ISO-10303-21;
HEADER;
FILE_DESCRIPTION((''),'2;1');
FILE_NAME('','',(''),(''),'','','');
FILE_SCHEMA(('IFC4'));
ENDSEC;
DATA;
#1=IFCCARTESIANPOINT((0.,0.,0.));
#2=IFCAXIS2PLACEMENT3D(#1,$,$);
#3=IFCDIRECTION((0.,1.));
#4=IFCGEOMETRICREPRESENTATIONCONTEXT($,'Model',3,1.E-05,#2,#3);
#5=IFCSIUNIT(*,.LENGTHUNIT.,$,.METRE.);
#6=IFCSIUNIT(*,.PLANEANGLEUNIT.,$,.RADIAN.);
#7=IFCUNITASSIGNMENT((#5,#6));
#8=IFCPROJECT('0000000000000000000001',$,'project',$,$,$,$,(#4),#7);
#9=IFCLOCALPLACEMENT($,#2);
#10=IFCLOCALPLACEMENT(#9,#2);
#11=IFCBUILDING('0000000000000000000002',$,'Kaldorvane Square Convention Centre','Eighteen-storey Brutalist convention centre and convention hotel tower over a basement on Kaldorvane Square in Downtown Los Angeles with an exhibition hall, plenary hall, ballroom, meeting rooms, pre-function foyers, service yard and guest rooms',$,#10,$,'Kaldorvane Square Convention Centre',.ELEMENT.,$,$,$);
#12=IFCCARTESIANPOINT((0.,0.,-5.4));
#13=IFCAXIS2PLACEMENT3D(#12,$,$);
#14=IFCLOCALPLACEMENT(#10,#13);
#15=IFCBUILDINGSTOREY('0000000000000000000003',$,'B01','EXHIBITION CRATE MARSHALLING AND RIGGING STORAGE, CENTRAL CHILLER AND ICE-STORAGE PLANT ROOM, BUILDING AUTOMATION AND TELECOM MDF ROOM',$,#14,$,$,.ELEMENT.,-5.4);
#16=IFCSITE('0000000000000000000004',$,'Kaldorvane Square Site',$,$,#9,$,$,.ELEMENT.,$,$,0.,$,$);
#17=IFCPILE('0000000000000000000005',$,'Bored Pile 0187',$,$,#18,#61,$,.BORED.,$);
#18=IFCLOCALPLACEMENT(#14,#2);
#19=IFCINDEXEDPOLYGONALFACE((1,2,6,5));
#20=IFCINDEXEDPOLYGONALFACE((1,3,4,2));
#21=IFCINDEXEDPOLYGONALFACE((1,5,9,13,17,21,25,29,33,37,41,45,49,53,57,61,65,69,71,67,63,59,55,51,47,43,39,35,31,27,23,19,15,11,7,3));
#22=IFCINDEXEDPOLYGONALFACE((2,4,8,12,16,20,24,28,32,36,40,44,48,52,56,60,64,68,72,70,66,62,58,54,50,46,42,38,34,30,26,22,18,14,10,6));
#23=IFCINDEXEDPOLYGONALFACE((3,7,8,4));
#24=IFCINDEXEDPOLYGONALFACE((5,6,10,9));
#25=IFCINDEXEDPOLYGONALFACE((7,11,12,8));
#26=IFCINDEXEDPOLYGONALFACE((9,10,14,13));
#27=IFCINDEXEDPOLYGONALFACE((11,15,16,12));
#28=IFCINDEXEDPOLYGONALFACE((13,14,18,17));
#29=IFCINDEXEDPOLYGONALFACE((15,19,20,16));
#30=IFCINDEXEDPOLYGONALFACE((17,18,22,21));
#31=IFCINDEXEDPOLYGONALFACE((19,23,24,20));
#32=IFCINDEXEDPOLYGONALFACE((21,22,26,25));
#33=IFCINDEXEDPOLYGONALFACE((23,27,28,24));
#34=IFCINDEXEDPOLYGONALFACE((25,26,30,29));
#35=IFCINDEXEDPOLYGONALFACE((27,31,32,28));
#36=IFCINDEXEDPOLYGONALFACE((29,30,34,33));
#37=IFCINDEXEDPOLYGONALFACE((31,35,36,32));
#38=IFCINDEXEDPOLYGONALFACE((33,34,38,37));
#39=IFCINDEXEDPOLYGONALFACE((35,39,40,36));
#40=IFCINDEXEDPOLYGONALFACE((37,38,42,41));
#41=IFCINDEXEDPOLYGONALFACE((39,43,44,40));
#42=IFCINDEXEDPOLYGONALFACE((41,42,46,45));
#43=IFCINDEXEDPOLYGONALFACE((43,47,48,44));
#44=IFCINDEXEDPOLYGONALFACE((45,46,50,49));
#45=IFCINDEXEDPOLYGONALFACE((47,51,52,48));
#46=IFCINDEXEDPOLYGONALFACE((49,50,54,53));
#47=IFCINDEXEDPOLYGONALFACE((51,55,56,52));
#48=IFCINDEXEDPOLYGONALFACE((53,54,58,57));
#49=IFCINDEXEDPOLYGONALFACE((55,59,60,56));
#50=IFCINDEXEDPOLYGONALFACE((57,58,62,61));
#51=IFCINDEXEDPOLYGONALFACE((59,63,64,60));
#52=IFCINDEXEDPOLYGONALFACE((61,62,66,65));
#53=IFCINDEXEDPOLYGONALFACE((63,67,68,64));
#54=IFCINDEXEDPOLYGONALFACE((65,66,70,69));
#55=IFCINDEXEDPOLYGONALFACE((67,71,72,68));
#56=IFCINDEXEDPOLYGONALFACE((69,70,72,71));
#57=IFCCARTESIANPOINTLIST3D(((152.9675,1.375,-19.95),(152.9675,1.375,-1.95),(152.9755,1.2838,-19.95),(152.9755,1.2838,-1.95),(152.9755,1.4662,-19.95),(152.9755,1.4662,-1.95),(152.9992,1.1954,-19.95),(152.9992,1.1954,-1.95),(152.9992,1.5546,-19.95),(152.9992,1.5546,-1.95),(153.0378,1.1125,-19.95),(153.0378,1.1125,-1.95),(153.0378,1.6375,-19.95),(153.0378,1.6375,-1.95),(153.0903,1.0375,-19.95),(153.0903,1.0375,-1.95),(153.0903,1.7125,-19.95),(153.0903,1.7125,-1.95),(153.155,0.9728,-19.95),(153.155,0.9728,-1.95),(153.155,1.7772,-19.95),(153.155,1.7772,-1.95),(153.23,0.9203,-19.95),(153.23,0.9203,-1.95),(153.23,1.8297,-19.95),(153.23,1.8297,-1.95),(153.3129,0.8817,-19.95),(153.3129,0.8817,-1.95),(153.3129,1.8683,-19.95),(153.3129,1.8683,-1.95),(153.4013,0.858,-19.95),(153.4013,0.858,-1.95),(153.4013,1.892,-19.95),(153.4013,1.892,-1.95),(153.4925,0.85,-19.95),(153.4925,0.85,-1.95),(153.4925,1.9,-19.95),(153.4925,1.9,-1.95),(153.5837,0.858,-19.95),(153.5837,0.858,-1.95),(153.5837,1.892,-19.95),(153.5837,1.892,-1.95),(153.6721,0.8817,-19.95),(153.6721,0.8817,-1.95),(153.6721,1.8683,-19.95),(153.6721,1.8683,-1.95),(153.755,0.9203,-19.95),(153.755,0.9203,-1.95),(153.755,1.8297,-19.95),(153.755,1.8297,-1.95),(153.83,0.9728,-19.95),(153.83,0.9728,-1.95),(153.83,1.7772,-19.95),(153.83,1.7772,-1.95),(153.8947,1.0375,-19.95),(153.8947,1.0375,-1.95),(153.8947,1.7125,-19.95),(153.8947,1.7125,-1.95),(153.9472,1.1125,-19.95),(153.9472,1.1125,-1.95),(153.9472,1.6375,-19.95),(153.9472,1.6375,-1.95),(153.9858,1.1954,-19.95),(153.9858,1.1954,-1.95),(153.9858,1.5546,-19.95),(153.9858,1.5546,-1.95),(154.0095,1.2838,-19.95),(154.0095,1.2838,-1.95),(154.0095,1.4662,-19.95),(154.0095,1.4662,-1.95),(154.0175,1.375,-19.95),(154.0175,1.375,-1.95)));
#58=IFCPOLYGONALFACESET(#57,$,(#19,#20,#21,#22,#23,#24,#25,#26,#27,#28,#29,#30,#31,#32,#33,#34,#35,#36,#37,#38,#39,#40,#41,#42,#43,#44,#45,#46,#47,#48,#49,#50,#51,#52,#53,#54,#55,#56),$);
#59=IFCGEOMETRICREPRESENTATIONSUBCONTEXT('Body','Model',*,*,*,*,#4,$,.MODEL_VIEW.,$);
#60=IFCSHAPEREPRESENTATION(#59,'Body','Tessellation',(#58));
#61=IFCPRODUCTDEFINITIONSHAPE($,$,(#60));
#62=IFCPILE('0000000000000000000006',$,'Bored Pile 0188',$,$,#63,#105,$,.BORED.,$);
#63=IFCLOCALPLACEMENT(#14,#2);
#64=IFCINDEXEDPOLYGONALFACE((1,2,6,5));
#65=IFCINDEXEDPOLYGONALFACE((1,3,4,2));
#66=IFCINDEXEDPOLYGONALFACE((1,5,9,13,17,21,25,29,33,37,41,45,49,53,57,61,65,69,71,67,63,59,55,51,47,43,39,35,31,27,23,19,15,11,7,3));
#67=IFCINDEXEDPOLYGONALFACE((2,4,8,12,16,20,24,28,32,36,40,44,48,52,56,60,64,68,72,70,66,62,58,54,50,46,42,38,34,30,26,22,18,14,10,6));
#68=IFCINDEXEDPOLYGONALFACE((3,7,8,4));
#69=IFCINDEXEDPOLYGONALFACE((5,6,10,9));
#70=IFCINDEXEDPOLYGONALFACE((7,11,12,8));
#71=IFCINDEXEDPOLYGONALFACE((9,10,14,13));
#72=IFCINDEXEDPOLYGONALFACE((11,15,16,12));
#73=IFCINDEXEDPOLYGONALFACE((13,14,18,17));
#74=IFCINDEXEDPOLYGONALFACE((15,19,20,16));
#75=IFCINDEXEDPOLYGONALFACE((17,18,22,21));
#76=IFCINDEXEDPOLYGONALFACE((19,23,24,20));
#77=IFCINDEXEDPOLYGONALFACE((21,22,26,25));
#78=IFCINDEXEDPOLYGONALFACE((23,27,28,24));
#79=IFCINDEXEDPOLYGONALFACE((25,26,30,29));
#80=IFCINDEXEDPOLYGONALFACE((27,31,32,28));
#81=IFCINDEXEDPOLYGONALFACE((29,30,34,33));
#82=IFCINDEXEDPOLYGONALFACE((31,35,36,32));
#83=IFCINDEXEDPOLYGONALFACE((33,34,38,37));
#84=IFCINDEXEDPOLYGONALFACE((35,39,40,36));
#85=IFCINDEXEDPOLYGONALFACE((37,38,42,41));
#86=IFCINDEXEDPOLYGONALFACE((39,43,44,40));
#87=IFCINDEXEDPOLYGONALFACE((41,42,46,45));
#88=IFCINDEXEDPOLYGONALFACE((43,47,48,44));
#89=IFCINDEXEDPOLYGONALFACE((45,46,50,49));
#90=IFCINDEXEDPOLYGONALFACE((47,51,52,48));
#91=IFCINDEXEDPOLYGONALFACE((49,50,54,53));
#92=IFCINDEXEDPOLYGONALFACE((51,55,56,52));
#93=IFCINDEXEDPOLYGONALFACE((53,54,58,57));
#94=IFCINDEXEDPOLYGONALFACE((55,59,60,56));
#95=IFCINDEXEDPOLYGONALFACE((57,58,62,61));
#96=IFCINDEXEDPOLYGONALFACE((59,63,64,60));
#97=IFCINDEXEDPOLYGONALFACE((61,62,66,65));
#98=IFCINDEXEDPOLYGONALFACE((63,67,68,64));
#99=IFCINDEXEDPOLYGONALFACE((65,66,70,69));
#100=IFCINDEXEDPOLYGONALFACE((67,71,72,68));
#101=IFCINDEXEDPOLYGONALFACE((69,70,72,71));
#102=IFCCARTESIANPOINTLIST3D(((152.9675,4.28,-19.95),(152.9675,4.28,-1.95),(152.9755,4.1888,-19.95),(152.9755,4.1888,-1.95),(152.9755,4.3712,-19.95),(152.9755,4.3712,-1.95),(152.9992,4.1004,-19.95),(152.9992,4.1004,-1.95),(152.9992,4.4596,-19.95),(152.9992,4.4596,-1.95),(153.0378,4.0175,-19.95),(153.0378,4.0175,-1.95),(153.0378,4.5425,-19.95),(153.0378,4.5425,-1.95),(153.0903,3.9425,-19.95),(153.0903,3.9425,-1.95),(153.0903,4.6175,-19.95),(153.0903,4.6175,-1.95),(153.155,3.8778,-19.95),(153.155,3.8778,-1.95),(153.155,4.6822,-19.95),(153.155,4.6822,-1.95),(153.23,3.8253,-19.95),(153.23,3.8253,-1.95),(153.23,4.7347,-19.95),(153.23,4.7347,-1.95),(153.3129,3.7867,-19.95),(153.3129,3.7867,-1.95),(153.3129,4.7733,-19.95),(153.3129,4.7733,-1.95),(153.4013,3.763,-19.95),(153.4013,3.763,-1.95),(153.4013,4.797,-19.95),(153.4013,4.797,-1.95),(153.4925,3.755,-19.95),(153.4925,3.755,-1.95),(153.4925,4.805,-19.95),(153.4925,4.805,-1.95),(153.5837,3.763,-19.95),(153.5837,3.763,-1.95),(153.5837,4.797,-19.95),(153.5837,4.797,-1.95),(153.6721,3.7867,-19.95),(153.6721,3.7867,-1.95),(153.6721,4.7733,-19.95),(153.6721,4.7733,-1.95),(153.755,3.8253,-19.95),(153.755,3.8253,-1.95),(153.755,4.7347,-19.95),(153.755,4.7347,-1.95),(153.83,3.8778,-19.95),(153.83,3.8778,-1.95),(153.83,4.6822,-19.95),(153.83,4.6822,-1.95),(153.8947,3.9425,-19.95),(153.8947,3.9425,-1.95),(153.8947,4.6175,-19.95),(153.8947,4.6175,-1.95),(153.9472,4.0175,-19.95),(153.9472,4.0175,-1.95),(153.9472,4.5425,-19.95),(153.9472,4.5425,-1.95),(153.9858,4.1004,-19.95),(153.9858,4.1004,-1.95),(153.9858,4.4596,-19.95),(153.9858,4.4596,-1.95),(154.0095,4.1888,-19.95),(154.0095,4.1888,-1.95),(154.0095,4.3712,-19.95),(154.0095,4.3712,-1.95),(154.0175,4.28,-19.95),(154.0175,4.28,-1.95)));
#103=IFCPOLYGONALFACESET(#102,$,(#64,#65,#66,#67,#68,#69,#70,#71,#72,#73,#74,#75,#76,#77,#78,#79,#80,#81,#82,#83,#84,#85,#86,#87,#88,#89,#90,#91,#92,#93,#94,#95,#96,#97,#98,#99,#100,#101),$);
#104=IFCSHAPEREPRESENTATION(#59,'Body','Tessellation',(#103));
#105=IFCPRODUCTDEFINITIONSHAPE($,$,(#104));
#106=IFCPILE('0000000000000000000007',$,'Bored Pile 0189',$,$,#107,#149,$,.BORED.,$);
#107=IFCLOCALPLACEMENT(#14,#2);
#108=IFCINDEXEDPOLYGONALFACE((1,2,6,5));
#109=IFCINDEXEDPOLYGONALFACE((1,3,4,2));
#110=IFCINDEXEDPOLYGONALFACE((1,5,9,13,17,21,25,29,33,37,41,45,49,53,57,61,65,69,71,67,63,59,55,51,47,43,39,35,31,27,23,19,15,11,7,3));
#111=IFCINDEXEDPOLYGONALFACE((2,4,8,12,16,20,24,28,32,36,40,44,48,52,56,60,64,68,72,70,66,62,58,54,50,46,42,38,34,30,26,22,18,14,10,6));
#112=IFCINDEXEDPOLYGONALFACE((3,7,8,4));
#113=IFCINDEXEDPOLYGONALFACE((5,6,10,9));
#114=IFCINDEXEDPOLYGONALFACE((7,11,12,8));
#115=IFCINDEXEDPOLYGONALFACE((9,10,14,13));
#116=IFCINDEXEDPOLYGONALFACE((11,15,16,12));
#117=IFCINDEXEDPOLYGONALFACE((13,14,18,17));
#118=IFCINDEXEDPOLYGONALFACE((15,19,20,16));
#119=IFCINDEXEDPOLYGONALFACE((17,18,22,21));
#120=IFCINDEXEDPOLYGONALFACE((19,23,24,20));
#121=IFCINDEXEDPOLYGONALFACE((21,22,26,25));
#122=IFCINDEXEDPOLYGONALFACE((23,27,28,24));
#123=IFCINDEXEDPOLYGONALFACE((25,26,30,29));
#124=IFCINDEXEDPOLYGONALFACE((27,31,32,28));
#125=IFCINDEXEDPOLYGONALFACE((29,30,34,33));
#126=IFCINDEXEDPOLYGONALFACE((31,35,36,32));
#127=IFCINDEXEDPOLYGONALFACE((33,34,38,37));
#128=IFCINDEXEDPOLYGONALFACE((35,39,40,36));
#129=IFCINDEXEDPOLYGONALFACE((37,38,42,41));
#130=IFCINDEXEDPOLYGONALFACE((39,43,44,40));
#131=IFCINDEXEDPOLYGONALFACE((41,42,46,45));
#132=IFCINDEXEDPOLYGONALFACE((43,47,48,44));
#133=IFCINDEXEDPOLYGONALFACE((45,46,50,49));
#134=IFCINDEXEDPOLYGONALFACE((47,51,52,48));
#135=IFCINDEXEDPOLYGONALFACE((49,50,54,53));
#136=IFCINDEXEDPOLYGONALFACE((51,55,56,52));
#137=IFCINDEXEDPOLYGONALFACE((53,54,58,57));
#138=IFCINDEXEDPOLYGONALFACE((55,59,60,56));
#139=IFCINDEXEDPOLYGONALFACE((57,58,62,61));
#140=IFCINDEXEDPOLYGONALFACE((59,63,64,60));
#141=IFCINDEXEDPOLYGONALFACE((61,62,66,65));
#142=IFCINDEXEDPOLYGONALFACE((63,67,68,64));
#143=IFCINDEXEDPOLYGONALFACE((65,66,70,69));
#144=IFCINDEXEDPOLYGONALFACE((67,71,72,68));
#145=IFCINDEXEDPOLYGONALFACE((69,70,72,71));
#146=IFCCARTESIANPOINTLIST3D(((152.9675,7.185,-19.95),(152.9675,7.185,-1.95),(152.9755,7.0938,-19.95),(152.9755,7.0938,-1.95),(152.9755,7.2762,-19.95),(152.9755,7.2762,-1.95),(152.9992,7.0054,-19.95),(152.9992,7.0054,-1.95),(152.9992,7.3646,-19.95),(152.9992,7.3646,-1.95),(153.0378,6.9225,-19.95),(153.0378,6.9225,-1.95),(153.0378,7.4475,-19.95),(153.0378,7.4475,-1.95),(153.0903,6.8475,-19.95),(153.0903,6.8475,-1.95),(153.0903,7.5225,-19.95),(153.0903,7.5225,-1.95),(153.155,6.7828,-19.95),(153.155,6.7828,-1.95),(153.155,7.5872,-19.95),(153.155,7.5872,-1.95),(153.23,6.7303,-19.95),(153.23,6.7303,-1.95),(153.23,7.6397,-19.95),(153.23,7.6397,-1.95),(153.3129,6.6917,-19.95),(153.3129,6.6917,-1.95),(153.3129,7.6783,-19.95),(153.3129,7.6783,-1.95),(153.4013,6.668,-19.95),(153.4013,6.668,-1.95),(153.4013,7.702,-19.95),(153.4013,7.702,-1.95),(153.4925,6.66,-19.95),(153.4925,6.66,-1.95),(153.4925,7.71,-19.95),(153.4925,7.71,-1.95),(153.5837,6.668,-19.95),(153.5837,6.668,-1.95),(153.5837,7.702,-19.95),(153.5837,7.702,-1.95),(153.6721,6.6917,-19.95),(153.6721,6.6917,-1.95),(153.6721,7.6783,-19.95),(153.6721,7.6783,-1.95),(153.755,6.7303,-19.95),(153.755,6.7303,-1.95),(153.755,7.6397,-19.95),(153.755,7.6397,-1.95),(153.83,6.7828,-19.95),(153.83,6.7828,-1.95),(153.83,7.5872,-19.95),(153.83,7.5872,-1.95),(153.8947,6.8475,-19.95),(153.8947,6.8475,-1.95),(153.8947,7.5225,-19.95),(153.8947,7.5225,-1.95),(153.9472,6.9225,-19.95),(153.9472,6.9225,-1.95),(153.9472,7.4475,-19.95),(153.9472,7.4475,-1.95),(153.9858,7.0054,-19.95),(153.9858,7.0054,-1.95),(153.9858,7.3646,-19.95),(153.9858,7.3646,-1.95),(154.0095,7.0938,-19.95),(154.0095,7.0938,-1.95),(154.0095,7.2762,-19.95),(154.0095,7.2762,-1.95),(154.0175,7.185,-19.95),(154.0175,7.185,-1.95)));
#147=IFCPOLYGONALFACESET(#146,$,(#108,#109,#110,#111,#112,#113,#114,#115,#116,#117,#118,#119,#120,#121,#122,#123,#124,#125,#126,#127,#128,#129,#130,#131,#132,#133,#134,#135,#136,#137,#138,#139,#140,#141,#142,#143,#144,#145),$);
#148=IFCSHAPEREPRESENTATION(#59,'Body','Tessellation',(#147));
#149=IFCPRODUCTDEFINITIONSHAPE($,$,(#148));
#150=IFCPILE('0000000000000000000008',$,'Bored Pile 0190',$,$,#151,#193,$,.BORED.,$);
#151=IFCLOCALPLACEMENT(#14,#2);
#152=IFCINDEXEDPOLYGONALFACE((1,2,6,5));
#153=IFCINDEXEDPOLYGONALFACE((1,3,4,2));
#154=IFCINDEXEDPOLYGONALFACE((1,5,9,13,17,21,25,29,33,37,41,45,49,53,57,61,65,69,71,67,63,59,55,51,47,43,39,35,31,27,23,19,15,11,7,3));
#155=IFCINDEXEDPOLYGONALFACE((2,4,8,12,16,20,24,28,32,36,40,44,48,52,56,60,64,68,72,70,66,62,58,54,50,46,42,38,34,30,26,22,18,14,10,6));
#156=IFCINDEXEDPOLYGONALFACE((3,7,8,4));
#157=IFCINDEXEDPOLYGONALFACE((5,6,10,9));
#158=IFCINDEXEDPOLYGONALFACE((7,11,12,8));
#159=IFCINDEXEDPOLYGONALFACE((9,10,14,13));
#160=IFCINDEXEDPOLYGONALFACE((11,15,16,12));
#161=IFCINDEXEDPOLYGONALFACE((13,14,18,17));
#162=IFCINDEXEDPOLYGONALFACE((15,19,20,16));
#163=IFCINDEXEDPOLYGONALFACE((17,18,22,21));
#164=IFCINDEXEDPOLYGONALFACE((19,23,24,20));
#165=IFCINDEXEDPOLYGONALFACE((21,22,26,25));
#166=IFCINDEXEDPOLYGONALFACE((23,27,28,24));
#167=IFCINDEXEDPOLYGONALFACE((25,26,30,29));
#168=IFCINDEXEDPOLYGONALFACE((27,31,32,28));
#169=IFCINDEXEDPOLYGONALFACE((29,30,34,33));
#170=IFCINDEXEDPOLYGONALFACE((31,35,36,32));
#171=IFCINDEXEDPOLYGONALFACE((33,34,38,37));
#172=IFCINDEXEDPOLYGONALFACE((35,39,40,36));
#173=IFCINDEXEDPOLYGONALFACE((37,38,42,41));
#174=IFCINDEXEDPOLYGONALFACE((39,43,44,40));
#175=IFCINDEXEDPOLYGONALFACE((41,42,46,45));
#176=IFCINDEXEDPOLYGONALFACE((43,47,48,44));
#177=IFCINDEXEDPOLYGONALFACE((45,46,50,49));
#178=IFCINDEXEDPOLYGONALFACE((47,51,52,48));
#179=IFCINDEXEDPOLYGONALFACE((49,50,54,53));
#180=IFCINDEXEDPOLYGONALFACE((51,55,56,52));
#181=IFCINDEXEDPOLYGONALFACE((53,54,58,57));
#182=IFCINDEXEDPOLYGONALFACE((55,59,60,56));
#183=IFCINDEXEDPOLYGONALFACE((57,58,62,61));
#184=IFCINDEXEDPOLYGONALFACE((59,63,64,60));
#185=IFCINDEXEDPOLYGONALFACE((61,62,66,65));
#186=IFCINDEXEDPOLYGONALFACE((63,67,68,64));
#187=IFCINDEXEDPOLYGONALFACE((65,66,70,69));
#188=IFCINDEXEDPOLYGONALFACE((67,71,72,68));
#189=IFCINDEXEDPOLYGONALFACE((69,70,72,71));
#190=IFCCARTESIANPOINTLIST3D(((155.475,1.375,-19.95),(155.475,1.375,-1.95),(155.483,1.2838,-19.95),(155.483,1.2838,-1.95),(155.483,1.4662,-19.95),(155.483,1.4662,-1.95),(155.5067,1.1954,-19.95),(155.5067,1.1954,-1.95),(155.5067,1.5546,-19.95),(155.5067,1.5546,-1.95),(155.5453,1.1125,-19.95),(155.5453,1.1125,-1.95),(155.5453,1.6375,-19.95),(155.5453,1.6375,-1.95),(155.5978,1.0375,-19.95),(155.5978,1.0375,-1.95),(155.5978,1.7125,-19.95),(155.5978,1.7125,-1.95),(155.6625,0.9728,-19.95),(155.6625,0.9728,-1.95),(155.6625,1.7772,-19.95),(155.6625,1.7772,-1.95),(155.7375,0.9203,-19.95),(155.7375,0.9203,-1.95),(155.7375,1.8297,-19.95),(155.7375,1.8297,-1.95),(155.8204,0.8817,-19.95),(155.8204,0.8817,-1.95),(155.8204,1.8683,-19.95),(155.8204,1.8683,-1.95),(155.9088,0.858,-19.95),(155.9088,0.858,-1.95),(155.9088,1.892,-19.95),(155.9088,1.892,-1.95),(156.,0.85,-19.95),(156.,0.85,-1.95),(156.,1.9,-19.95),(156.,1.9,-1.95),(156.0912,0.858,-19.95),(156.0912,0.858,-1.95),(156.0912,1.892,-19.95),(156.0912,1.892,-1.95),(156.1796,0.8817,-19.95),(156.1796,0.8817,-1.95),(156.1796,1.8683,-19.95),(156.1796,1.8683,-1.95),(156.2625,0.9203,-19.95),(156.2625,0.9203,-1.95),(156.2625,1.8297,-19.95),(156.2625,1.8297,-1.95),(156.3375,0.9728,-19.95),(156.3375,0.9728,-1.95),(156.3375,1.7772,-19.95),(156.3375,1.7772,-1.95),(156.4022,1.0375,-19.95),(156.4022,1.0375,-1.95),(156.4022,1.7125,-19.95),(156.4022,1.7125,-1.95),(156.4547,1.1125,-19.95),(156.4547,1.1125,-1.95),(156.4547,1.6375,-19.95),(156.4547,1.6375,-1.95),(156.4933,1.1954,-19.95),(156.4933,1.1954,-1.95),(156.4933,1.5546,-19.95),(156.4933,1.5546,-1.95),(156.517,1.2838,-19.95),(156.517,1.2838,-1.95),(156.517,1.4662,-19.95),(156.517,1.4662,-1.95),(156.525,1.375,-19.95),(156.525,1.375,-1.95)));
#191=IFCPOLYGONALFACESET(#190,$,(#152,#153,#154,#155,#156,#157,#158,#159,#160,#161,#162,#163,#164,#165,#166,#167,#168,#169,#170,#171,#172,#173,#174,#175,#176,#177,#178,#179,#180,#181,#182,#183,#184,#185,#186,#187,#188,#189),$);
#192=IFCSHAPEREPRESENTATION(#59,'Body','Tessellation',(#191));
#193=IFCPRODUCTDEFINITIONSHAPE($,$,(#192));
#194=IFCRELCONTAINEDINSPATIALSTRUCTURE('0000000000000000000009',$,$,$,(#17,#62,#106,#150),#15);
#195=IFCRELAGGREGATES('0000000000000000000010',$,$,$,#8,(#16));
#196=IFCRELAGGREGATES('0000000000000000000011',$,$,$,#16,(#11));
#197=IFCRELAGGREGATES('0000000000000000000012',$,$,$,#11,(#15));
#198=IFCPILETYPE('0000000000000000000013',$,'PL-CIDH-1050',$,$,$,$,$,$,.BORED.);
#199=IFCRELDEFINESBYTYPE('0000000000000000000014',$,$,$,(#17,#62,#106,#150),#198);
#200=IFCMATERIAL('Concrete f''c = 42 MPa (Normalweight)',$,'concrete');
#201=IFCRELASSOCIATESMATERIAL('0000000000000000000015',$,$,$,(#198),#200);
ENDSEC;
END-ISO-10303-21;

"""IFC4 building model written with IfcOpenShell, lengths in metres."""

from ifc_helpers import new_model, si_unit, direction, frame, origin, origin_2d, place, context, subcontext, project, spatial, circle, extrude, material, material_profile, profile_set, type_object, element, save


model = new_model("IFC4")

# Units and contexts
model_context = context("Model", 3, precision=1e-05, world=origin(), true_north=direction((0.0, 1.0)))
body_context = subcontext(model_context, "Body", "Model", "MODEL_VIEW")
ifc_project = project(units=[si_unit("LENGTHUNIT", "METRE"), si_unit("PLANEANGLEUNIT", "RADIAN")], contexts=[model_context])

# Site, building, storey
site_placement = place(None, origin())
site = spatial("IfcSite", under=ifc_project, at=site_placement, Name="Kaldorvane Square Site", CompositionType="ELEMENT", RefElevation=0.0)
building_placement = place(site_placement, origin())
building = spatial("IfcBuilding", under=site, at=building_placement, Name="Kaldorvane Square Convention Centre", Description="Eighteen-storey Brutalist convention centre and convention hotel tower over a basement on Kaldorvane Square in Downtown Los Angeles with an exhibition hall, plenary hall, ballroom, meeting rooms, pre-function foyers, service yard and guest rooms", LongName="Kaldorvane Square Convention Centre", CompositionType="ELEMENT")
storey_placement = place(building_placement, frame((0.0, 0.0, -5.4)))
storey = spatial("IfcBuildingStorey", under=building, at=storey_placement, Name="B01", Description="EXHIBITION CRATE MARSHALLING AND RIGGING STORAGE, CENTRAL CHILLER AND ICE-STORAGE PLANT ROOM, BUILDING AUTOMATION AND TELECOM MDF ROOM", CompositionType="ELEMENT", Elevation=-5.4)

# Shared definitions
ifc_material_1 = material(Name="Concrete f'c = 42 MPa (Normalweight)", Category="concrete")

# Piles
ifc_material_profile_1 = material_profile(ifc_material_1, circle(Radius=0.525, at=origin_2d()), Name="PILE-D1050")
ifc_profile_set_1 = profile_set([ifc_material_profile_1], Name="Concrete f'c = 42 MPa (Normalweight)")
pile_type_1 = type_object("IfcPileType", Name="PL-CIDH-1050", PredefinedType="BORED", material=ifc_profile_set_1)
for number, where, z_axis, x_axis, name in (
    (1, (153.4925, 1.375, -1.95), (0.0, 0.0, -1.0), (1.0, 0.0, 0.0), "Bored Pile 0187"),
    (2, (153.4925, 4.28, -1.95), (0.0, 0.0, -1.0), (1.0, 0.0, 0.0), "Bored Pile 0188"),
    (3, (153.4925, 7.185, -1.95), (0.0, 0.0, -1.0), (1.0, 0.0, 0.0), "Bored Pile 0189"),
    (4, (156.0, 1.375, -1.95), (0.0, 0.0, -1.0), (1.0, 0.0, 0.0), "Bored Pile 0190"),
):
    element("IfcPile", number, at=place(storey_placement, frame(where, z_axis=z_axis, x_axis=x_axis)), inside=storey, type_object=pile_type_1, Name=name, PredefinedType="BORED", context=body_context, shape_type="SweptSolid", body=[
        extrude(circle(Radius=0.525, at=origin_2d()), origin(), (0.0, 0.0, 1.0), 18.0),
    ])

save(model, "model.ifc")
